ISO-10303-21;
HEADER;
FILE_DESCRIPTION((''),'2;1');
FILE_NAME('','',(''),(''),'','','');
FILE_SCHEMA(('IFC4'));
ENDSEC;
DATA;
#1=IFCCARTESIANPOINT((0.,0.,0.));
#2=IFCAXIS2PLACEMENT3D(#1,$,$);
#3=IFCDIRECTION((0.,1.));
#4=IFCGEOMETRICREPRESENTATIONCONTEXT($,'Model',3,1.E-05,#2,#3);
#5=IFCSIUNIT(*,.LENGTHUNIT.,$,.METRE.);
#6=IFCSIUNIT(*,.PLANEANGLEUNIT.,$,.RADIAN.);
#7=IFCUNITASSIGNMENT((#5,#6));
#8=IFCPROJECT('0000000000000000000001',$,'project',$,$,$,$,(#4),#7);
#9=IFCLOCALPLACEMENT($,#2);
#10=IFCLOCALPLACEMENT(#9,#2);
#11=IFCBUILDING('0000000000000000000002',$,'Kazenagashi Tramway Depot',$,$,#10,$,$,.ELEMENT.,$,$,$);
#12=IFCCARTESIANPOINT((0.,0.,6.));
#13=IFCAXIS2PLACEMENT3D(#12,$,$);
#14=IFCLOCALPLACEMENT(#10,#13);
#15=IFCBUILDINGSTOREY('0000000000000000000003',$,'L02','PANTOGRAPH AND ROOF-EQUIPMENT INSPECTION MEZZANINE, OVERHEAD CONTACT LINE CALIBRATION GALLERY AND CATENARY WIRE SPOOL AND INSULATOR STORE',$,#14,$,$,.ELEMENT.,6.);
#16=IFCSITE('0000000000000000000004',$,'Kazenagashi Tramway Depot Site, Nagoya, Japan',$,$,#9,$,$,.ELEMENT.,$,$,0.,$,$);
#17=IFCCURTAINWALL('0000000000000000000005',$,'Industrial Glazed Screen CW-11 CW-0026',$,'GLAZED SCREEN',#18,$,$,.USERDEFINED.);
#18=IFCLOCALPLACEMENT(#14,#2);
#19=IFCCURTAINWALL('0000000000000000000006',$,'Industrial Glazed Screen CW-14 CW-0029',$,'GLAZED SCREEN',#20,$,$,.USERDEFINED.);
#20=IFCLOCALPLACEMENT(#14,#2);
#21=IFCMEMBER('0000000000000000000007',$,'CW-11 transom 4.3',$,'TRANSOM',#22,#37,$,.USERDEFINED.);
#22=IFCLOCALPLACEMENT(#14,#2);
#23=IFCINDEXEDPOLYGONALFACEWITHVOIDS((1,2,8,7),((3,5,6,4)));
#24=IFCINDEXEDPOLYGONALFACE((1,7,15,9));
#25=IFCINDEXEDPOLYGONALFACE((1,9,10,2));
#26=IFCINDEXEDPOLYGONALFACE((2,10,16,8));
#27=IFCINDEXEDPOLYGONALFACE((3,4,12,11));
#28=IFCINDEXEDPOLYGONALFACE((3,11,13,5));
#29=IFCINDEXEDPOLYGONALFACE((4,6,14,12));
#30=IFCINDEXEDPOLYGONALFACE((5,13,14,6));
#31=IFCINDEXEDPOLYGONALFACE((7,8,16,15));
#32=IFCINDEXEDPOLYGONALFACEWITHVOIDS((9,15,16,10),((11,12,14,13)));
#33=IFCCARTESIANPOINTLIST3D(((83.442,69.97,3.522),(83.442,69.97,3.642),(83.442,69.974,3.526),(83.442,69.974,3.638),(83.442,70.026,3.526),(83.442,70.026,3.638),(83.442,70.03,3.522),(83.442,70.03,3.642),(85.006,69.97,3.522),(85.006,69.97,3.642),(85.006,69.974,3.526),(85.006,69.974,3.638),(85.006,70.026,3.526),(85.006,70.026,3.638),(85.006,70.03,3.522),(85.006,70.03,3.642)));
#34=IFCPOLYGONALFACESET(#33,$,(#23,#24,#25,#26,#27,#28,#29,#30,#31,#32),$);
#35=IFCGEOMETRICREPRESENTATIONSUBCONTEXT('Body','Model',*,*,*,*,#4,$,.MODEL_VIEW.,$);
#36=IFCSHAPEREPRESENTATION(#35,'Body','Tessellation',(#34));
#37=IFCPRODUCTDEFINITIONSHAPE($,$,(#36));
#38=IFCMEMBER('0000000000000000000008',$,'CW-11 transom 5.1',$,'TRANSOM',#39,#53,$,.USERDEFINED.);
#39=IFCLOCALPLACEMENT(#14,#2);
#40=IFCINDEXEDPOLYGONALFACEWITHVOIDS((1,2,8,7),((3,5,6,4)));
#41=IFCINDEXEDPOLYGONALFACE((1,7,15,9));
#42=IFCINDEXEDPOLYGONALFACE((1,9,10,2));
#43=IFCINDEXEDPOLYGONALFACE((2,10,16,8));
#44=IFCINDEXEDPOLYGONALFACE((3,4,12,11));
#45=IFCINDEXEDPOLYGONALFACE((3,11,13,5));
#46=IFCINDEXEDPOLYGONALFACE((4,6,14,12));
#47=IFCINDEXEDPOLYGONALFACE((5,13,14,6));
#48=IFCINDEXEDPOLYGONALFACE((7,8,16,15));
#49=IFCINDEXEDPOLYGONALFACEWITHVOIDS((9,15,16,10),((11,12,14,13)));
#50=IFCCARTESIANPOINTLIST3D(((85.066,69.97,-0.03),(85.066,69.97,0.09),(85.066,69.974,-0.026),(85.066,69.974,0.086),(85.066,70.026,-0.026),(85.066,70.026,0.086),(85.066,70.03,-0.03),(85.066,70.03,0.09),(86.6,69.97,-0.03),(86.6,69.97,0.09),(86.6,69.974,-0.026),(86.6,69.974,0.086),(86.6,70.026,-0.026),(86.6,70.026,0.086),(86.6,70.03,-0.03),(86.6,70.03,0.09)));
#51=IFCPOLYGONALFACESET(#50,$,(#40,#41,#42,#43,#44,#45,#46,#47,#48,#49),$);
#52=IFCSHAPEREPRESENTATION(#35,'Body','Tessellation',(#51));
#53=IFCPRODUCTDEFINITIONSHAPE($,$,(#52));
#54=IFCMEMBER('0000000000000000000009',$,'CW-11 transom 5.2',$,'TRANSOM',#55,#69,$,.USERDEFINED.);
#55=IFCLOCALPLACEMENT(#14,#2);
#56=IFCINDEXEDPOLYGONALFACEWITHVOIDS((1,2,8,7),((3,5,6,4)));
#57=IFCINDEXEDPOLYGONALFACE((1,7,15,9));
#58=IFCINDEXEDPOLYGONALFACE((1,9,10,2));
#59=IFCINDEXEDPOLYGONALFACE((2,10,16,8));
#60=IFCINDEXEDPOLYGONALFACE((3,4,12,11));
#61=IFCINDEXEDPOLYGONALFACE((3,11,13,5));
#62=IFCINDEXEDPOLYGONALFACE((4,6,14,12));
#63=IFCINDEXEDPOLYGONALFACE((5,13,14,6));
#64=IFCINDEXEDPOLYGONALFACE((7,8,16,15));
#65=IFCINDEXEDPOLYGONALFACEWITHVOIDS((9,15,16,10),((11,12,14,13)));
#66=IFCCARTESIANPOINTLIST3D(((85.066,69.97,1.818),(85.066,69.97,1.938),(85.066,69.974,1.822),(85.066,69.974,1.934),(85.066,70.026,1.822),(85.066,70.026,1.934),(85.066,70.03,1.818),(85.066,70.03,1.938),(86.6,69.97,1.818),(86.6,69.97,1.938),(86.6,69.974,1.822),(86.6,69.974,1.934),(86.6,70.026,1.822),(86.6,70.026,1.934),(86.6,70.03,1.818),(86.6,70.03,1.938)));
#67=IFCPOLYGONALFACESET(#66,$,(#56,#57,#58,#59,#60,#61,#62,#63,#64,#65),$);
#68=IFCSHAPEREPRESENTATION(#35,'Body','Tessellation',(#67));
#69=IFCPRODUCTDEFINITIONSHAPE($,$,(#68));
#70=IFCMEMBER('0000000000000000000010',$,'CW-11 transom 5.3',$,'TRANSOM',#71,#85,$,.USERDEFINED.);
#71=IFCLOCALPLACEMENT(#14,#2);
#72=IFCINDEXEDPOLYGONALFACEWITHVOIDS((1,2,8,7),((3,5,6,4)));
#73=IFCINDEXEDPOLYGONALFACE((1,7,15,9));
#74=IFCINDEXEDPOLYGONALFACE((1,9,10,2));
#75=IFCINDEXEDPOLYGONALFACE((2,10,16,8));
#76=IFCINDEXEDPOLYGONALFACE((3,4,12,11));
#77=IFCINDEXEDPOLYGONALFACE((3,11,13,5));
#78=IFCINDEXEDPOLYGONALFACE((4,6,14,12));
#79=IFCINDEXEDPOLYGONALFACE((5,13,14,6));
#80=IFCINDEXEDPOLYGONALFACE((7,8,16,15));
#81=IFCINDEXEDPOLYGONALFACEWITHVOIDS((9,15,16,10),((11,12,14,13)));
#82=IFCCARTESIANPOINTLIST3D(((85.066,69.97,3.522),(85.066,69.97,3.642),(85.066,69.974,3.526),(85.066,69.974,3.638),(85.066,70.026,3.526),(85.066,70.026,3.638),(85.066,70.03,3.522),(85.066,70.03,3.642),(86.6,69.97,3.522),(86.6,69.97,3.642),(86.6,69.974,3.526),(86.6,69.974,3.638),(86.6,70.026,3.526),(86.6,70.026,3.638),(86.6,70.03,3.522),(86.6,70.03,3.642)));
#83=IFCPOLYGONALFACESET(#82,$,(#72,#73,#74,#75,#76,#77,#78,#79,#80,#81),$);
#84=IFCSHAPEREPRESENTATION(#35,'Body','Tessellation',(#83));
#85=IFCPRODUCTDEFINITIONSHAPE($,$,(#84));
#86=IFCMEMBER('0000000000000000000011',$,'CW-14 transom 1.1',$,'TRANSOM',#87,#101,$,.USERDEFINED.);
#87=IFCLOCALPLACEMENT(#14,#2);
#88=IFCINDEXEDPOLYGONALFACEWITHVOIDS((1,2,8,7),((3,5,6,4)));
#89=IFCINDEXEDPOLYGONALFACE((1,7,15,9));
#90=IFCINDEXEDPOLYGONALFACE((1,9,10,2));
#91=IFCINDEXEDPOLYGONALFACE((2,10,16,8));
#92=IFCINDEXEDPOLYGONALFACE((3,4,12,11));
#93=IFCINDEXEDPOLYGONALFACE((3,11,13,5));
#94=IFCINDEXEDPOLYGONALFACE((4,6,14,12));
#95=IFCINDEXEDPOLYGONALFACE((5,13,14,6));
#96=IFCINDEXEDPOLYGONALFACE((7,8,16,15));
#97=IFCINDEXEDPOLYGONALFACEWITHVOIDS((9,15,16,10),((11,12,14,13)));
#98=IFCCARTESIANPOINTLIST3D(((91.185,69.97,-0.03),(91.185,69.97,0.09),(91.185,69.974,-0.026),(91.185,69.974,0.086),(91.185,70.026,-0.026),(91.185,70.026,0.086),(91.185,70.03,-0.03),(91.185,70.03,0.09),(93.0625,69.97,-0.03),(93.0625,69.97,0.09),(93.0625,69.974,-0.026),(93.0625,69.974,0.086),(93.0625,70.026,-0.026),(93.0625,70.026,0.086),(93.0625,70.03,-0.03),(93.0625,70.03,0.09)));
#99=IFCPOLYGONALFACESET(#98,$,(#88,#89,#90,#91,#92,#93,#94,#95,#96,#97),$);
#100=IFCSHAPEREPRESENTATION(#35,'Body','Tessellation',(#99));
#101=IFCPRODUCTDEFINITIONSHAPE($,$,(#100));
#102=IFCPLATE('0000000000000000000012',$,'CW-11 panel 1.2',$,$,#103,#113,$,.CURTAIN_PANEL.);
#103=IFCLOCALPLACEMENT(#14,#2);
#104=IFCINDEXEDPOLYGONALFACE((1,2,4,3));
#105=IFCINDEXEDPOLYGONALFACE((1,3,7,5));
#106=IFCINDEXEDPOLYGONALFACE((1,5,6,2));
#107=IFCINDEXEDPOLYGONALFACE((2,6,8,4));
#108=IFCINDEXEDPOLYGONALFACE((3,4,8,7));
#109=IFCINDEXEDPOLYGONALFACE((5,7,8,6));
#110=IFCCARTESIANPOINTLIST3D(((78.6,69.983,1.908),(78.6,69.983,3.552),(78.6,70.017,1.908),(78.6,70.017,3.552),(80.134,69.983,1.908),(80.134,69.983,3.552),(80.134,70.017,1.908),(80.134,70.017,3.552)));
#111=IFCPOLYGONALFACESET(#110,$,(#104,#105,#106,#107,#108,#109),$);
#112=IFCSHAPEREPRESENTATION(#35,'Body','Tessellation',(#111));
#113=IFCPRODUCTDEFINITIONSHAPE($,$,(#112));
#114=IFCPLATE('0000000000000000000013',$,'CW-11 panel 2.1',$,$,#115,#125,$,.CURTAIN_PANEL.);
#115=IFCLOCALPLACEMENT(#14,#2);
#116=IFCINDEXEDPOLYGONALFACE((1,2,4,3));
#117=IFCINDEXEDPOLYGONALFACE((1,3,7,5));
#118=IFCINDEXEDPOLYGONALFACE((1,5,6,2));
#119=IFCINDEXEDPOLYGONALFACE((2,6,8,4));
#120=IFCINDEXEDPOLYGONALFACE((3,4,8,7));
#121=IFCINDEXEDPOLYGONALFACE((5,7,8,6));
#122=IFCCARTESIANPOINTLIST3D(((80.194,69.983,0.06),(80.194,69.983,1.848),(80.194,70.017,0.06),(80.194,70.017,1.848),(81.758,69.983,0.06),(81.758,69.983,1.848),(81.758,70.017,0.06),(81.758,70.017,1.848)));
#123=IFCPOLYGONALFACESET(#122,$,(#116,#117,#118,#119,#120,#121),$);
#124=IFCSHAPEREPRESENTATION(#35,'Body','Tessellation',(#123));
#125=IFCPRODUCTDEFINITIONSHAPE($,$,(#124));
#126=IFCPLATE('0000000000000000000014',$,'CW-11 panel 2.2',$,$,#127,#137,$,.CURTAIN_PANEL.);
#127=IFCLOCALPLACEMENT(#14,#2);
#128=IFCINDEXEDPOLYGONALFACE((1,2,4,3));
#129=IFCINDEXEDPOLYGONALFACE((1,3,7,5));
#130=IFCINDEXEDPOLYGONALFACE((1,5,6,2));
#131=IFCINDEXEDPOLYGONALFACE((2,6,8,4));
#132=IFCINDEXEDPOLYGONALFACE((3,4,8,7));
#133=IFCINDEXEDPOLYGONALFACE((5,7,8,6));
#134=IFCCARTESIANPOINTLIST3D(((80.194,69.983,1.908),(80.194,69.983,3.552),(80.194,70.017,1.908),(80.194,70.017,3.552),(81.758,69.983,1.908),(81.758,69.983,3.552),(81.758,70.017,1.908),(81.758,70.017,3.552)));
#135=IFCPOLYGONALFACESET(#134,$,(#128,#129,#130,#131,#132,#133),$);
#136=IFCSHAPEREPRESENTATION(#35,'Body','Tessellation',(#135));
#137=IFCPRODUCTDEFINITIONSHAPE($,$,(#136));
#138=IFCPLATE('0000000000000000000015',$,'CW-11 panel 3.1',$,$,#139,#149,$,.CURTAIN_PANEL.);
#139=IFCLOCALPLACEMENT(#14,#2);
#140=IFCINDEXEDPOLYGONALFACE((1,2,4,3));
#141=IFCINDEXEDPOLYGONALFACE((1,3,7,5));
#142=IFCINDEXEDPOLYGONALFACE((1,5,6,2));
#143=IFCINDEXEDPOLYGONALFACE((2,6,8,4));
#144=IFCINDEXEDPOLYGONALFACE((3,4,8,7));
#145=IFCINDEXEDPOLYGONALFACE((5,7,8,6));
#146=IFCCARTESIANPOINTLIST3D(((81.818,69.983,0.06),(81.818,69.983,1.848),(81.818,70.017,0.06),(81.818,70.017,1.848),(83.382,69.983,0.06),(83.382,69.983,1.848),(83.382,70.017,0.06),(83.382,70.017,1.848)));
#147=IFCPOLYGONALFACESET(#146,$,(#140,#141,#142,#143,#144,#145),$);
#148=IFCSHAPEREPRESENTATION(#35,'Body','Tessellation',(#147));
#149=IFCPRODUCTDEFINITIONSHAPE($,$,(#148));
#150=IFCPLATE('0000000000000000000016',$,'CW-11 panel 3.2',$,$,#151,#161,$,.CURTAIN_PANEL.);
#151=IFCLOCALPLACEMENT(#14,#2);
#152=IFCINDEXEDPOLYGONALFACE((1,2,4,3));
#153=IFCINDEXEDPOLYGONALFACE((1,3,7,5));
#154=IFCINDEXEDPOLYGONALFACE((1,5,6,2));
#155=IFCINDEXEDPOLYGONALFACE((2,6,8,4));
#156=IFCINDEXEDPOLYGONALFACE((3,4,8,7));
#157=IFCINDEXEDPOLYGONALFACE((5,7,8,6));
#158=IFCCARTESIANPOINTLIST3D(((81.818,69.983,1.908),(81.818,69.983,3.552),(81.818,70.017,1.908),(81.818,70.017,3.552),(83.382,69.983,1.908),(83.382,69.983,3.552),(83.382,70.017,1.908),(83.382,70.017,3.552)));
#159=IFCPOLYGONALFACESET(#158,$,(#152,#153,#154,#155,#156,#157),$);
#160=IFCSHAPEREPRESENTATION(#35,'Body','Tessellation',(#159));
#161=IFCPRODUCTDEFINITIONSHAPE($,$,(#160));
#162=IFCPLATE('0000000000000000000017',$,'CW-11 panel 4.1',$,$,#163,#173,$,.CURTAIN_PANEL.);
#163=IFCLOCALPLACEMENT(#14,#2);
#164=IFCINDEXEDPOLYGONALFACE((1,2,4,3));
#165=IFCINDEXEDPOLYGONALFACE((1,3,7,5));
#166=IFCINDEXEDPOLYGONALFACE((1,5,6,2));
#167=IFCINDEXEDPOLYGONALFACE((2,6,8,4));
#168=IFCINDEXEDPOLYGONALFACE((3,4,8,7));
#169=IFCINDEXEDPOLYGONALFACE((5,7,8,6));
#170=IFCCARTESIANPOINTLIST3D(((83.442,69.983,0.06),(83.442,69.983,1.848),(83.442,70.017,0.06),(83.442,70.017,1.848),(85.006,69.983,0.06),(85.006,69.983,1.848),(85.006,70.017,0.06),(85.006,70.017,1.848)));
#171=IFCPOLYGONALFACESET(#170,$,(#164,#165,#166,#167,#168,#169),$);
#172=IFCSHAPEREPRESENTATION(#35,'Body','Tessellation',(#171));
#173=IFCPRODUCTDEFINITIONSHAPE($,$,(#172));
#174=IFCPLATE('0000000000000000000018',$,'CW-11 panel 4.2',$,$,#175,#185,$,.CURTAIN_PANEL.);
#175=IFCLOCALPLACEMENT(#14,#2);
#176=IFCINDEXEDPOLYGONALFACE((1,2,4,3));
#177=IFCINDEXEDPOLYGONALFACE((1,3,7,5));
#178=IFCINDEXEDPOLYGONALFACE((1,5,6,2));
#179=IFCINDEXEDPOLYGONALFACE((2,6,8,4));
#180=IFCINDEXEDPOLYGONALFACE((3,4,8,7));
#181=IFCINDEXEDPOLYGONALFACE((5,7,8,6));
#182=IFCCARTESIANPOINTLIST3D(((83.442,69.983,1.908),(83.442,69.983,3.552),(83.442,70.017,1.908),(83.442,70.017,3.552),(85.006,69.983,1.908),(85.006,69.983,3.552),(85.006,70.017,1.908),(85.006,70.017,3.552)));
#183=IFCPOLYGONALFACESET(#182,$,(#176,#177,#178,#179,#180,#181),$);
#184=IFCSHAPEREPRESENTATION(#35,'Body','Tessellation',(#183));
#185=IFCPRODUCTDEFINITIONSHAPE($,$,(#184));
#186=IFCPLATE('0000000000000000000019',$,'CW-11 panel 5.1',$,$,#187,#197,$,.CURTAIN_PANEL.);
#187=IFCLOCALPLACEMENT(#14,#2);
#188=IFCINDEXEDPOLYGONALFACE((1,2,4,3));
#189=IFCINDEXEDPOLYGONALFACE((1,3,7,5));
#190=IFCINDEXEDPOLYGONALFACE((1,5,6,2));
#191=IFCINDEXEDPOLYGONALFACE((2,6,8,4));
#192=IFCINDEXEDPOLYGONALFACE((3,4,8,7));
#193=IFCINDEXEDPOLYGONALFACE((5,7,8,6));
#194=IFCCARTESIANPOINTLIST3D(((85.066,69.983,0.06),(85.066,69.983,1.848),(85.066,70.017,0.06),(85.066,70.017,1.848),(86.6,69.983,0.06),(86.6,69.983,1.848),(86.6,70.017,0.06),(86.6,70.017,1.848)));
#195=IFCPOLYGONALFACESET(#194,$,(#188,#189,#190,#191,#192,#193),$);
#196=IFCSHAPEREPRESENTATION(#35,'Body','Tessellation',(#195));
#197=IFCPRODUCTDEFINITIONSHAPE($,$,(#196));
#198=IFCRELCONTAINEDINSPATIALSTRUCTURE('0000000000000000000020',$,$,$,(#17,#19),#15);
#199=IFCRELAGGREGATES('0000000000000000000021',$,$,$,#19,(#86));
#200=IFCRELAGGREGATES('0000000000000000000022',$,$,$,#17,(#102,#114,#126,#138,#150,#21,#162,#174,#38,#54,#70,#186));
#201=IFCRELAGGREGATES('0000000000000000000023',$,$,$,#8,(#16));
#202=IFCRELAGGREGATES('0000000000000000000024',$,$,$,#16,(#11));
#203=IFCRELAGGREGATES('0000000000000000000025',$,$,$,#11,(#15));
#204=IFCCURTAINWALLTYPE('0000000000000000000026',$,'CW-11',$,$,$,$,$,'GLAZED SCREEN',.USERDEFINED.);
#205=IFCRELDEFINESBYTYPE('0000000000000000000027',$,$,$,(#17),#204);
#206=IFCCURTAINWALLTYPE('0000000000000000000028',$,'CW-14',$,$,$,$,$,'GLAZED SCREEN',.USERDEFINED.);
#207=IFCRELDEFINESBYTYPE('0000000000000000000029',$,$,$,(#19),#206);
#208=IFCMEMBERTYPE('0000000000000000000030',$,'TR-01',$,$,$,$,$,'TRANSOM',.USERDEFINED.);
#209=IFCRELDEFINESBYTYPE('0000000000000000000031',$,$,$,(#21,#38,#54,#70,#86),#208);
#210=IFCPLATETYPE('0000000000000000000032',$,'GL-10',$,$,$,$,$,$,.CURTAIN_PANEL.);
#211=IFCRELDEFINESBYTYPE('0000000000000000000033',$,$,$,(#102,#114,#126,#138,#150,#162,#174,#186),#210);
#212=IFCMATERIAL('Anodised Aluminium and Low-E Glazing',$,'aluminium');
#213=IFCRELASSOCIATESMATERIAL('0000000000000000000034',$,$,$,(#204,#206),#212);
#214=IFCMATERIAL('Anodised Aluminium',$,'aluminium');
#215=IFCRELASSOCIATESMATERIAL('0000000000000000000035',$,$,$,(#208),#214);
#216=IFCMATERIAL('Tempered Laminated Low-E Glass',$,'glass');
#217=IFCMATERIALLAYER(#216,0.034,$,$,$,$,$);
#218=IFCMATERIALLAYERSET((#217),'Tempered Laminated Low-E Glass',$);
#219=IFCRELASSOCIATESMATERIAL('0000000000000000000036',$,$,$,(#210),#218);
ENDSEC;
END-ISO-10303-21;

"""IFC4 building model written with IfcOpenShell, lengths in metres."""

from ifc_helpers import new_model, si_unit, direction, frame, origin, origin_2d, place, context, subcontext, project, spatial, rectangle, hollow_rectangle, extrude, material, layer, layer_set, material_profile, profile_set, type_object, element, aggregate, save


model = new_model("IFC4")

# Units and contexts
model_context = context("Model", 3, precision=1e-05, world=origin(), true_north=direction((0.0, 1.0)))
body_context = subcontext(model_context, "Body", "Model", "MODEL_VIEW")
ifc_project = project(units=[si_unit("LENGTHUNIT", "METRE"), si_unit("PLANEANGLEUNIT", "RADIAN")], contexts=[model_context])

# Site, building, storey
site_placement = place(None, origin())
site = spatial("IfcSite", under=ifc_project, at=site_placement, Name="Kazenagashi Tramway Depot Site, Nagoya, Japan", CompositionType="ELEMENT", RefElevation=0.0)
building_placement = place(site_placement, origin())
building = spatial("IfcBuilding", under=site, at=building_placement, Name="Kazenagashi Tramway Depot", CompositionType="ELEMENT")
storey_placement = place(building_placement, frame((0.0, 0.0, 6.0)))
storey = spatial("IfcBuildingStorey", under=building, at=storey_placement, Name="L02", Description="PANTOGRAPH AND ROOF-EQUIPMENT INSPECTION MEZZANINE, OVERHEAD CONTACT LINE CALIBRATION GALLERY AND CATENARY WIRE SPOOL AND INSULATOR STORE", CompositionType="ELEMENT", Elevation=6.0)

# Curtain wall
ifc_material_1 = material(Name="Anodised Aluminium and Low-E Glazing", Category="aluminium")
curtain_wall_type_1 = type_object("IfcCurtainWallType", Name="CW-11", ElementType="GLAZED SCREEN", PredefinedType="USERDEFINED", material=ifc_material_1)
curtain_wall_1_placement = place(storey_placement, origin())
curtain_wall_1 = element("IfcCurtainWall", 1, at=curtain_wall_1_placement, inside=storey, type_object=curtain_wall_type_1, Name="Industrial Glazed Screen CW-11 CW-0026", ObjectType="GLAZED SCREEN", PredefinedType="USERDEFINED")
ifc_material_2 = material(Name="Anodised Aluminium", Category="aluminium")

# Curtain wall
curtain_wall_type_2 = type_object("IfcCurtainWallType", Name="CW-14", ElementType="GLAZED SCREEN", PredefinedType="USERDEFINED", material=ifc_material_1)
curtain_wall_2_placement = place(storey_placement, origin())
curtain_wall_2 = element("IfcCurtainWall", 2, at=curtain_wall_2_placement, inside=storey, type_object=curtain_wall_type_2, Name="Industrial Glazed Screen CW-14 CW-0029", ObjectType="GLAZED SCREEN", PredefinedType="USERDEFINED")

# Members
ifc_material_profile_1 = material_profile(ifc_material_2, hollow_rectangle(XDim=0.06, YDim=0.12, WallThickness=0.004, at=origin_2d()), Name="RHS-120x60x4")
ifc_profile_set_1 = profile_set([ifc_material_profile_1], Name="Anodised Aluminium")
member_type_1 = type_object("IfcMemberType", Name="TR-01", ElementType="TRANSOM", PredefinedType="USERDEFINED", material=ifc_profile_set_1)
member_1_placement = place(storey_placement, frame((83.442, 70.0, 3.582), z_axis=(1.0, 0.0, 0.0), x_axis=(0.0, 1.0, 0.0)))
member_1 = element("IfcMember", 3, at=member_1_placement, type_object=member_type_1, Name="CW-11 transom 4.3", ObjectType="TRANSOM", PredefinedType="USERDEFINED", context=body_context, shape_type="SweptSolid", body=[
    extrude(hollow_rectangle(XDim=0.06, YDim=0.12, WallThickness=0.004, at=origin_2d()), origin(), (0.0, 0.0, 1.0), 1.564),
])
member_2_placement = place(storey_placement, frame((85.066, 70.0, 0.03), z_axis=(1.0, 0.0, 0.0), x_axis=(0.0, 1.0, 0.0)))
member_2 = element("IfcMember", 4, at=member_2_placement, type_object=member_type_1, Name="CW-11 transom 5.1", ObjectType="TRANSOM", PredefinedType="USERDEFINED", context=body_context, shape_type="SweptSolid", body=[
    extrude(hollow_rectangle(XDim=0.06, YDim=0.12, WallThickness=0.004, at=origin_2d()), origin(), (0.0, 0.0, 1.0), 1.534),
])
member_3_placement = place(storey_placement, frame((85.066, 70.0, 1.878), z_axis=(1.0, 0.0, 0.0), x_axis=(0.0, 1.0, 0.0)))
member_3 = element("IfcMember", 5, at=member_3_placement, type_object=member_type_1, Name="CW-11 transom 5.2", ObjectType="TRANSOM", PredefinedType="USERDEFINED", context=body_context, shape_type="SweptSolid", body=[
    extrude(hollow_rectangle(XDim=0.06, YDim=0.12, WallThickness=0.004, at=origin_2d()), origin(), (0.0, 0.0, 1.0), 1.534),
])
member_4_placement = place(storey_placement, frame((85.066, 70.0, 3.582), z_axis=(1.0, 0.0, 0.0), x_axis=(0.0, 1.0, 0.0)))
member_4 = element("IfcMember", 6, at=member_4_placement, type_object=member_type_1, Name="CW-11 transom 5.3", ObjectType="TRANSOM", PredefinedType="USERDEFINED", context=body_context, shape_type="SweptSolid", body=[
    extrude(hollow_rectangle(XDim=0.06, YDim=0.12, WallThickness=0.004, at=origin_2d()), origin(), (0.0, 0.0, 1.0), 1.534),
])
member_5_placement = place(storey_placement, frame((91.185, 70.0, 0.03), z_axis=(1.0, 0.0, 0.0), x_axis=(0.0, 1.0, 0.0)))
member_5 = element("IfcMember", 7, at=member_5_placement, type_object=member_type_1, Name="CW-14 transom 1.1", ObjectType="TRANSOM", PredefinedType="USERDEFINED", context=body_context, shape_type="SweptSolid", body=[
    extrude(hollow_rectangle(XDim=0.06, YDim=0.12, WallThickness=0.004, at=origin_2d()), origin(), (0.0, 0.0, 1.0), 1.8775),
])
aggregate(curtain_wall_2, [member_5])

# Plates
ifc_material_3 = material(Name="Tempered Laminated Low-E Glass", Category="glass")
ifc_layer_1 = layer(ifc_material_3, 0.034)
ifc_layer_set_1 = layer_set([ifc_layer_1], Name="Tempered Laminated Low-E Glass")
plate_type_1 = type_object("IfcPlateType", Name="GL-10", PredefinedType="CURTAIN_PANEL", material=ifc_layer_set_1)
plate_1_placement = place(storey_placement, frame((79.367, 70.0, 1.908), z_axis=(0.0, 0.0, 1.0), x_axis=(1.0, 0.0, 0.0)))
plate_1 = element("IfcPlate", 8, at=plate_1_placement, type_object=plate_type_1, Name="CW-11 panel 1.2", PredefinedType="CURTAIN_PANEL", context=body_context, shape_type="SweptSolid", body=[
    extrude(rectangle(XDim=1.534, YDim=0.034, at=origin_2d()), origin(), (0.0, 0.0, 1.0), 1.644),
])
plate_2_placement = place(storey_placement, frame((80.976, 70.0, 0.06), z_axis=(0.0, 0.0, 1.0), x_axis=(1.0, 0.0, 0.0)))
plate_2 = element("IfcPlate", 9, at=plate_2_placement, type_object=plate_type_1, Name="CW-11 panel 2.1", PredefinedType="CURTAIN_PANEL", context=body_context, shape_type="SweptSolid", body=[
    extrude(rectangle(XDim=1.564, YDim=0.034, at=origin_2d()), origin(), (0.0, 0.0, 1.0), 1.788),
])
plate_3_placement = place(storey_placement, frame((80.976, 70.0, 1.908), z_axis=(0.0, 0.0, 1.0), x_axis=(1.0, 0.0, 0.0)))
plate_3 = element("IfcPlate", 10, at=plate_3_placement, type_object=plate_type_1, Name="CW-11 panel 2.2", PredefinedType="CURTAIN_PANEL", context=body_context, shape_type="SweptSolid", body=[
    extrude(rectangle(XDim=1.564, YDim=0.034, at=origin_2d()), origin(), (0.0, 0.0, 1.0), 1.644),
])
plate_4_placement = place(storey_placement, frame((82.6, 70.0, 0.06), z_axis=(0.0, 0.0, 1.0), x_axis=(1.0, 0.0, 0.0)))
plate_4 = element("IfcPlate", 11, at=plate_4_placement, type_object=plate_type_1, Name="CW-11 panel 3.1", PredefinedType="CURTAIN_PANEL", context=body_context, shape_type="SweptSolid", body=[
    extrude(rectangle(XDim=1.564, YDim=0.034, at=origin_2d()), origin(), (0.0, 0.0, 1.0), 1.788),
])
plate_5_placement = place(storey_placement, frame((82.6, 70.0, 1.908), z_axis=(0.0, 0.0, 1.0), x_axis=(1.0, 0.0, 0.0)))
plate_5 = element("IfcPlate", 12, at=plate_5_placement, type_object=plate_type_1, Name="CW-11 panel 3.2", PredefinedType="CURTAIN_PANEL", context=body_context, shape_type="SweptSolid", body=[
    extrude(rectangle(XDim=1.564, YDim=0.034, at=origin_2d()), origin(), (0.0, 0.0, 1.0), 1.644),
])
plate_6_placement = place(storey_placement, frame((84.224, 70.0, 0.06), z_axis=(0.0, 0.0, 1.0), x_axis=(1.0, 0.0, 0.0)))
plate_6 = element("IfcPlate", 13, at=plate_6_placement, type_object=plate_type_1, Name="CW-11 panel 4.1", PredefinedType="CURTAIN_PANEL", context=body_context, shape_type="SweptSolid", body=[
    extrude(rectangle(XDim=1.564, YDim=0.034, at=origin_2d()), origin(), (0.0, 0.0, 1.0), 1.788),
])
plate_7_placement = place(storey_placement, frame((84.224, 70.0, 1.908), z_axis=(0.0, 0.0, 1.0), x_axis=(1.0, 0.0, 0.0)))
plate_7 = element("IfcPlate", 14, at=plate_7_placement, type_object=plate_type_1, Name="CW-11 panel 4.2", PredefinedType="CURTAIN_PANEL", context=body_context, shape_type="SweptSolid", body=[
    extrude(rectangle(XDim=1.564, YDim=0.034, at=origin_2d()), origin(), (0.0, 0.0, 1.0), 1.644),
])
plate_8_placement = place(storey_placement, frame((85.833, 70.0, 0.06), z_axis=(0.0, 0.0, 1.0), x_axis=(1.0, 0.0, 0.0)))
plate_8 = element("IfcPlate", 15, at=plate_8_placement, type_object=plate_type_1, Name="CW-11 panel 5.1", PredefinedType="CURTAIN_PANEL", context=body_context, shape_type="SweptSolid", body=[
    extrude(rectangle(XDim=1.534, YDim=0.034, at=origin_2d()), origin(), (0.0, 0.0, 1.0), 1.788),
])
aggregate(curtain_wall_1, [plate_1, plate_2, plate_3, plate_4, plate_5, member_1, plate_6, plate_7, member_2, member_3, member_4, plate_8])

save(model, "model.ifc")
